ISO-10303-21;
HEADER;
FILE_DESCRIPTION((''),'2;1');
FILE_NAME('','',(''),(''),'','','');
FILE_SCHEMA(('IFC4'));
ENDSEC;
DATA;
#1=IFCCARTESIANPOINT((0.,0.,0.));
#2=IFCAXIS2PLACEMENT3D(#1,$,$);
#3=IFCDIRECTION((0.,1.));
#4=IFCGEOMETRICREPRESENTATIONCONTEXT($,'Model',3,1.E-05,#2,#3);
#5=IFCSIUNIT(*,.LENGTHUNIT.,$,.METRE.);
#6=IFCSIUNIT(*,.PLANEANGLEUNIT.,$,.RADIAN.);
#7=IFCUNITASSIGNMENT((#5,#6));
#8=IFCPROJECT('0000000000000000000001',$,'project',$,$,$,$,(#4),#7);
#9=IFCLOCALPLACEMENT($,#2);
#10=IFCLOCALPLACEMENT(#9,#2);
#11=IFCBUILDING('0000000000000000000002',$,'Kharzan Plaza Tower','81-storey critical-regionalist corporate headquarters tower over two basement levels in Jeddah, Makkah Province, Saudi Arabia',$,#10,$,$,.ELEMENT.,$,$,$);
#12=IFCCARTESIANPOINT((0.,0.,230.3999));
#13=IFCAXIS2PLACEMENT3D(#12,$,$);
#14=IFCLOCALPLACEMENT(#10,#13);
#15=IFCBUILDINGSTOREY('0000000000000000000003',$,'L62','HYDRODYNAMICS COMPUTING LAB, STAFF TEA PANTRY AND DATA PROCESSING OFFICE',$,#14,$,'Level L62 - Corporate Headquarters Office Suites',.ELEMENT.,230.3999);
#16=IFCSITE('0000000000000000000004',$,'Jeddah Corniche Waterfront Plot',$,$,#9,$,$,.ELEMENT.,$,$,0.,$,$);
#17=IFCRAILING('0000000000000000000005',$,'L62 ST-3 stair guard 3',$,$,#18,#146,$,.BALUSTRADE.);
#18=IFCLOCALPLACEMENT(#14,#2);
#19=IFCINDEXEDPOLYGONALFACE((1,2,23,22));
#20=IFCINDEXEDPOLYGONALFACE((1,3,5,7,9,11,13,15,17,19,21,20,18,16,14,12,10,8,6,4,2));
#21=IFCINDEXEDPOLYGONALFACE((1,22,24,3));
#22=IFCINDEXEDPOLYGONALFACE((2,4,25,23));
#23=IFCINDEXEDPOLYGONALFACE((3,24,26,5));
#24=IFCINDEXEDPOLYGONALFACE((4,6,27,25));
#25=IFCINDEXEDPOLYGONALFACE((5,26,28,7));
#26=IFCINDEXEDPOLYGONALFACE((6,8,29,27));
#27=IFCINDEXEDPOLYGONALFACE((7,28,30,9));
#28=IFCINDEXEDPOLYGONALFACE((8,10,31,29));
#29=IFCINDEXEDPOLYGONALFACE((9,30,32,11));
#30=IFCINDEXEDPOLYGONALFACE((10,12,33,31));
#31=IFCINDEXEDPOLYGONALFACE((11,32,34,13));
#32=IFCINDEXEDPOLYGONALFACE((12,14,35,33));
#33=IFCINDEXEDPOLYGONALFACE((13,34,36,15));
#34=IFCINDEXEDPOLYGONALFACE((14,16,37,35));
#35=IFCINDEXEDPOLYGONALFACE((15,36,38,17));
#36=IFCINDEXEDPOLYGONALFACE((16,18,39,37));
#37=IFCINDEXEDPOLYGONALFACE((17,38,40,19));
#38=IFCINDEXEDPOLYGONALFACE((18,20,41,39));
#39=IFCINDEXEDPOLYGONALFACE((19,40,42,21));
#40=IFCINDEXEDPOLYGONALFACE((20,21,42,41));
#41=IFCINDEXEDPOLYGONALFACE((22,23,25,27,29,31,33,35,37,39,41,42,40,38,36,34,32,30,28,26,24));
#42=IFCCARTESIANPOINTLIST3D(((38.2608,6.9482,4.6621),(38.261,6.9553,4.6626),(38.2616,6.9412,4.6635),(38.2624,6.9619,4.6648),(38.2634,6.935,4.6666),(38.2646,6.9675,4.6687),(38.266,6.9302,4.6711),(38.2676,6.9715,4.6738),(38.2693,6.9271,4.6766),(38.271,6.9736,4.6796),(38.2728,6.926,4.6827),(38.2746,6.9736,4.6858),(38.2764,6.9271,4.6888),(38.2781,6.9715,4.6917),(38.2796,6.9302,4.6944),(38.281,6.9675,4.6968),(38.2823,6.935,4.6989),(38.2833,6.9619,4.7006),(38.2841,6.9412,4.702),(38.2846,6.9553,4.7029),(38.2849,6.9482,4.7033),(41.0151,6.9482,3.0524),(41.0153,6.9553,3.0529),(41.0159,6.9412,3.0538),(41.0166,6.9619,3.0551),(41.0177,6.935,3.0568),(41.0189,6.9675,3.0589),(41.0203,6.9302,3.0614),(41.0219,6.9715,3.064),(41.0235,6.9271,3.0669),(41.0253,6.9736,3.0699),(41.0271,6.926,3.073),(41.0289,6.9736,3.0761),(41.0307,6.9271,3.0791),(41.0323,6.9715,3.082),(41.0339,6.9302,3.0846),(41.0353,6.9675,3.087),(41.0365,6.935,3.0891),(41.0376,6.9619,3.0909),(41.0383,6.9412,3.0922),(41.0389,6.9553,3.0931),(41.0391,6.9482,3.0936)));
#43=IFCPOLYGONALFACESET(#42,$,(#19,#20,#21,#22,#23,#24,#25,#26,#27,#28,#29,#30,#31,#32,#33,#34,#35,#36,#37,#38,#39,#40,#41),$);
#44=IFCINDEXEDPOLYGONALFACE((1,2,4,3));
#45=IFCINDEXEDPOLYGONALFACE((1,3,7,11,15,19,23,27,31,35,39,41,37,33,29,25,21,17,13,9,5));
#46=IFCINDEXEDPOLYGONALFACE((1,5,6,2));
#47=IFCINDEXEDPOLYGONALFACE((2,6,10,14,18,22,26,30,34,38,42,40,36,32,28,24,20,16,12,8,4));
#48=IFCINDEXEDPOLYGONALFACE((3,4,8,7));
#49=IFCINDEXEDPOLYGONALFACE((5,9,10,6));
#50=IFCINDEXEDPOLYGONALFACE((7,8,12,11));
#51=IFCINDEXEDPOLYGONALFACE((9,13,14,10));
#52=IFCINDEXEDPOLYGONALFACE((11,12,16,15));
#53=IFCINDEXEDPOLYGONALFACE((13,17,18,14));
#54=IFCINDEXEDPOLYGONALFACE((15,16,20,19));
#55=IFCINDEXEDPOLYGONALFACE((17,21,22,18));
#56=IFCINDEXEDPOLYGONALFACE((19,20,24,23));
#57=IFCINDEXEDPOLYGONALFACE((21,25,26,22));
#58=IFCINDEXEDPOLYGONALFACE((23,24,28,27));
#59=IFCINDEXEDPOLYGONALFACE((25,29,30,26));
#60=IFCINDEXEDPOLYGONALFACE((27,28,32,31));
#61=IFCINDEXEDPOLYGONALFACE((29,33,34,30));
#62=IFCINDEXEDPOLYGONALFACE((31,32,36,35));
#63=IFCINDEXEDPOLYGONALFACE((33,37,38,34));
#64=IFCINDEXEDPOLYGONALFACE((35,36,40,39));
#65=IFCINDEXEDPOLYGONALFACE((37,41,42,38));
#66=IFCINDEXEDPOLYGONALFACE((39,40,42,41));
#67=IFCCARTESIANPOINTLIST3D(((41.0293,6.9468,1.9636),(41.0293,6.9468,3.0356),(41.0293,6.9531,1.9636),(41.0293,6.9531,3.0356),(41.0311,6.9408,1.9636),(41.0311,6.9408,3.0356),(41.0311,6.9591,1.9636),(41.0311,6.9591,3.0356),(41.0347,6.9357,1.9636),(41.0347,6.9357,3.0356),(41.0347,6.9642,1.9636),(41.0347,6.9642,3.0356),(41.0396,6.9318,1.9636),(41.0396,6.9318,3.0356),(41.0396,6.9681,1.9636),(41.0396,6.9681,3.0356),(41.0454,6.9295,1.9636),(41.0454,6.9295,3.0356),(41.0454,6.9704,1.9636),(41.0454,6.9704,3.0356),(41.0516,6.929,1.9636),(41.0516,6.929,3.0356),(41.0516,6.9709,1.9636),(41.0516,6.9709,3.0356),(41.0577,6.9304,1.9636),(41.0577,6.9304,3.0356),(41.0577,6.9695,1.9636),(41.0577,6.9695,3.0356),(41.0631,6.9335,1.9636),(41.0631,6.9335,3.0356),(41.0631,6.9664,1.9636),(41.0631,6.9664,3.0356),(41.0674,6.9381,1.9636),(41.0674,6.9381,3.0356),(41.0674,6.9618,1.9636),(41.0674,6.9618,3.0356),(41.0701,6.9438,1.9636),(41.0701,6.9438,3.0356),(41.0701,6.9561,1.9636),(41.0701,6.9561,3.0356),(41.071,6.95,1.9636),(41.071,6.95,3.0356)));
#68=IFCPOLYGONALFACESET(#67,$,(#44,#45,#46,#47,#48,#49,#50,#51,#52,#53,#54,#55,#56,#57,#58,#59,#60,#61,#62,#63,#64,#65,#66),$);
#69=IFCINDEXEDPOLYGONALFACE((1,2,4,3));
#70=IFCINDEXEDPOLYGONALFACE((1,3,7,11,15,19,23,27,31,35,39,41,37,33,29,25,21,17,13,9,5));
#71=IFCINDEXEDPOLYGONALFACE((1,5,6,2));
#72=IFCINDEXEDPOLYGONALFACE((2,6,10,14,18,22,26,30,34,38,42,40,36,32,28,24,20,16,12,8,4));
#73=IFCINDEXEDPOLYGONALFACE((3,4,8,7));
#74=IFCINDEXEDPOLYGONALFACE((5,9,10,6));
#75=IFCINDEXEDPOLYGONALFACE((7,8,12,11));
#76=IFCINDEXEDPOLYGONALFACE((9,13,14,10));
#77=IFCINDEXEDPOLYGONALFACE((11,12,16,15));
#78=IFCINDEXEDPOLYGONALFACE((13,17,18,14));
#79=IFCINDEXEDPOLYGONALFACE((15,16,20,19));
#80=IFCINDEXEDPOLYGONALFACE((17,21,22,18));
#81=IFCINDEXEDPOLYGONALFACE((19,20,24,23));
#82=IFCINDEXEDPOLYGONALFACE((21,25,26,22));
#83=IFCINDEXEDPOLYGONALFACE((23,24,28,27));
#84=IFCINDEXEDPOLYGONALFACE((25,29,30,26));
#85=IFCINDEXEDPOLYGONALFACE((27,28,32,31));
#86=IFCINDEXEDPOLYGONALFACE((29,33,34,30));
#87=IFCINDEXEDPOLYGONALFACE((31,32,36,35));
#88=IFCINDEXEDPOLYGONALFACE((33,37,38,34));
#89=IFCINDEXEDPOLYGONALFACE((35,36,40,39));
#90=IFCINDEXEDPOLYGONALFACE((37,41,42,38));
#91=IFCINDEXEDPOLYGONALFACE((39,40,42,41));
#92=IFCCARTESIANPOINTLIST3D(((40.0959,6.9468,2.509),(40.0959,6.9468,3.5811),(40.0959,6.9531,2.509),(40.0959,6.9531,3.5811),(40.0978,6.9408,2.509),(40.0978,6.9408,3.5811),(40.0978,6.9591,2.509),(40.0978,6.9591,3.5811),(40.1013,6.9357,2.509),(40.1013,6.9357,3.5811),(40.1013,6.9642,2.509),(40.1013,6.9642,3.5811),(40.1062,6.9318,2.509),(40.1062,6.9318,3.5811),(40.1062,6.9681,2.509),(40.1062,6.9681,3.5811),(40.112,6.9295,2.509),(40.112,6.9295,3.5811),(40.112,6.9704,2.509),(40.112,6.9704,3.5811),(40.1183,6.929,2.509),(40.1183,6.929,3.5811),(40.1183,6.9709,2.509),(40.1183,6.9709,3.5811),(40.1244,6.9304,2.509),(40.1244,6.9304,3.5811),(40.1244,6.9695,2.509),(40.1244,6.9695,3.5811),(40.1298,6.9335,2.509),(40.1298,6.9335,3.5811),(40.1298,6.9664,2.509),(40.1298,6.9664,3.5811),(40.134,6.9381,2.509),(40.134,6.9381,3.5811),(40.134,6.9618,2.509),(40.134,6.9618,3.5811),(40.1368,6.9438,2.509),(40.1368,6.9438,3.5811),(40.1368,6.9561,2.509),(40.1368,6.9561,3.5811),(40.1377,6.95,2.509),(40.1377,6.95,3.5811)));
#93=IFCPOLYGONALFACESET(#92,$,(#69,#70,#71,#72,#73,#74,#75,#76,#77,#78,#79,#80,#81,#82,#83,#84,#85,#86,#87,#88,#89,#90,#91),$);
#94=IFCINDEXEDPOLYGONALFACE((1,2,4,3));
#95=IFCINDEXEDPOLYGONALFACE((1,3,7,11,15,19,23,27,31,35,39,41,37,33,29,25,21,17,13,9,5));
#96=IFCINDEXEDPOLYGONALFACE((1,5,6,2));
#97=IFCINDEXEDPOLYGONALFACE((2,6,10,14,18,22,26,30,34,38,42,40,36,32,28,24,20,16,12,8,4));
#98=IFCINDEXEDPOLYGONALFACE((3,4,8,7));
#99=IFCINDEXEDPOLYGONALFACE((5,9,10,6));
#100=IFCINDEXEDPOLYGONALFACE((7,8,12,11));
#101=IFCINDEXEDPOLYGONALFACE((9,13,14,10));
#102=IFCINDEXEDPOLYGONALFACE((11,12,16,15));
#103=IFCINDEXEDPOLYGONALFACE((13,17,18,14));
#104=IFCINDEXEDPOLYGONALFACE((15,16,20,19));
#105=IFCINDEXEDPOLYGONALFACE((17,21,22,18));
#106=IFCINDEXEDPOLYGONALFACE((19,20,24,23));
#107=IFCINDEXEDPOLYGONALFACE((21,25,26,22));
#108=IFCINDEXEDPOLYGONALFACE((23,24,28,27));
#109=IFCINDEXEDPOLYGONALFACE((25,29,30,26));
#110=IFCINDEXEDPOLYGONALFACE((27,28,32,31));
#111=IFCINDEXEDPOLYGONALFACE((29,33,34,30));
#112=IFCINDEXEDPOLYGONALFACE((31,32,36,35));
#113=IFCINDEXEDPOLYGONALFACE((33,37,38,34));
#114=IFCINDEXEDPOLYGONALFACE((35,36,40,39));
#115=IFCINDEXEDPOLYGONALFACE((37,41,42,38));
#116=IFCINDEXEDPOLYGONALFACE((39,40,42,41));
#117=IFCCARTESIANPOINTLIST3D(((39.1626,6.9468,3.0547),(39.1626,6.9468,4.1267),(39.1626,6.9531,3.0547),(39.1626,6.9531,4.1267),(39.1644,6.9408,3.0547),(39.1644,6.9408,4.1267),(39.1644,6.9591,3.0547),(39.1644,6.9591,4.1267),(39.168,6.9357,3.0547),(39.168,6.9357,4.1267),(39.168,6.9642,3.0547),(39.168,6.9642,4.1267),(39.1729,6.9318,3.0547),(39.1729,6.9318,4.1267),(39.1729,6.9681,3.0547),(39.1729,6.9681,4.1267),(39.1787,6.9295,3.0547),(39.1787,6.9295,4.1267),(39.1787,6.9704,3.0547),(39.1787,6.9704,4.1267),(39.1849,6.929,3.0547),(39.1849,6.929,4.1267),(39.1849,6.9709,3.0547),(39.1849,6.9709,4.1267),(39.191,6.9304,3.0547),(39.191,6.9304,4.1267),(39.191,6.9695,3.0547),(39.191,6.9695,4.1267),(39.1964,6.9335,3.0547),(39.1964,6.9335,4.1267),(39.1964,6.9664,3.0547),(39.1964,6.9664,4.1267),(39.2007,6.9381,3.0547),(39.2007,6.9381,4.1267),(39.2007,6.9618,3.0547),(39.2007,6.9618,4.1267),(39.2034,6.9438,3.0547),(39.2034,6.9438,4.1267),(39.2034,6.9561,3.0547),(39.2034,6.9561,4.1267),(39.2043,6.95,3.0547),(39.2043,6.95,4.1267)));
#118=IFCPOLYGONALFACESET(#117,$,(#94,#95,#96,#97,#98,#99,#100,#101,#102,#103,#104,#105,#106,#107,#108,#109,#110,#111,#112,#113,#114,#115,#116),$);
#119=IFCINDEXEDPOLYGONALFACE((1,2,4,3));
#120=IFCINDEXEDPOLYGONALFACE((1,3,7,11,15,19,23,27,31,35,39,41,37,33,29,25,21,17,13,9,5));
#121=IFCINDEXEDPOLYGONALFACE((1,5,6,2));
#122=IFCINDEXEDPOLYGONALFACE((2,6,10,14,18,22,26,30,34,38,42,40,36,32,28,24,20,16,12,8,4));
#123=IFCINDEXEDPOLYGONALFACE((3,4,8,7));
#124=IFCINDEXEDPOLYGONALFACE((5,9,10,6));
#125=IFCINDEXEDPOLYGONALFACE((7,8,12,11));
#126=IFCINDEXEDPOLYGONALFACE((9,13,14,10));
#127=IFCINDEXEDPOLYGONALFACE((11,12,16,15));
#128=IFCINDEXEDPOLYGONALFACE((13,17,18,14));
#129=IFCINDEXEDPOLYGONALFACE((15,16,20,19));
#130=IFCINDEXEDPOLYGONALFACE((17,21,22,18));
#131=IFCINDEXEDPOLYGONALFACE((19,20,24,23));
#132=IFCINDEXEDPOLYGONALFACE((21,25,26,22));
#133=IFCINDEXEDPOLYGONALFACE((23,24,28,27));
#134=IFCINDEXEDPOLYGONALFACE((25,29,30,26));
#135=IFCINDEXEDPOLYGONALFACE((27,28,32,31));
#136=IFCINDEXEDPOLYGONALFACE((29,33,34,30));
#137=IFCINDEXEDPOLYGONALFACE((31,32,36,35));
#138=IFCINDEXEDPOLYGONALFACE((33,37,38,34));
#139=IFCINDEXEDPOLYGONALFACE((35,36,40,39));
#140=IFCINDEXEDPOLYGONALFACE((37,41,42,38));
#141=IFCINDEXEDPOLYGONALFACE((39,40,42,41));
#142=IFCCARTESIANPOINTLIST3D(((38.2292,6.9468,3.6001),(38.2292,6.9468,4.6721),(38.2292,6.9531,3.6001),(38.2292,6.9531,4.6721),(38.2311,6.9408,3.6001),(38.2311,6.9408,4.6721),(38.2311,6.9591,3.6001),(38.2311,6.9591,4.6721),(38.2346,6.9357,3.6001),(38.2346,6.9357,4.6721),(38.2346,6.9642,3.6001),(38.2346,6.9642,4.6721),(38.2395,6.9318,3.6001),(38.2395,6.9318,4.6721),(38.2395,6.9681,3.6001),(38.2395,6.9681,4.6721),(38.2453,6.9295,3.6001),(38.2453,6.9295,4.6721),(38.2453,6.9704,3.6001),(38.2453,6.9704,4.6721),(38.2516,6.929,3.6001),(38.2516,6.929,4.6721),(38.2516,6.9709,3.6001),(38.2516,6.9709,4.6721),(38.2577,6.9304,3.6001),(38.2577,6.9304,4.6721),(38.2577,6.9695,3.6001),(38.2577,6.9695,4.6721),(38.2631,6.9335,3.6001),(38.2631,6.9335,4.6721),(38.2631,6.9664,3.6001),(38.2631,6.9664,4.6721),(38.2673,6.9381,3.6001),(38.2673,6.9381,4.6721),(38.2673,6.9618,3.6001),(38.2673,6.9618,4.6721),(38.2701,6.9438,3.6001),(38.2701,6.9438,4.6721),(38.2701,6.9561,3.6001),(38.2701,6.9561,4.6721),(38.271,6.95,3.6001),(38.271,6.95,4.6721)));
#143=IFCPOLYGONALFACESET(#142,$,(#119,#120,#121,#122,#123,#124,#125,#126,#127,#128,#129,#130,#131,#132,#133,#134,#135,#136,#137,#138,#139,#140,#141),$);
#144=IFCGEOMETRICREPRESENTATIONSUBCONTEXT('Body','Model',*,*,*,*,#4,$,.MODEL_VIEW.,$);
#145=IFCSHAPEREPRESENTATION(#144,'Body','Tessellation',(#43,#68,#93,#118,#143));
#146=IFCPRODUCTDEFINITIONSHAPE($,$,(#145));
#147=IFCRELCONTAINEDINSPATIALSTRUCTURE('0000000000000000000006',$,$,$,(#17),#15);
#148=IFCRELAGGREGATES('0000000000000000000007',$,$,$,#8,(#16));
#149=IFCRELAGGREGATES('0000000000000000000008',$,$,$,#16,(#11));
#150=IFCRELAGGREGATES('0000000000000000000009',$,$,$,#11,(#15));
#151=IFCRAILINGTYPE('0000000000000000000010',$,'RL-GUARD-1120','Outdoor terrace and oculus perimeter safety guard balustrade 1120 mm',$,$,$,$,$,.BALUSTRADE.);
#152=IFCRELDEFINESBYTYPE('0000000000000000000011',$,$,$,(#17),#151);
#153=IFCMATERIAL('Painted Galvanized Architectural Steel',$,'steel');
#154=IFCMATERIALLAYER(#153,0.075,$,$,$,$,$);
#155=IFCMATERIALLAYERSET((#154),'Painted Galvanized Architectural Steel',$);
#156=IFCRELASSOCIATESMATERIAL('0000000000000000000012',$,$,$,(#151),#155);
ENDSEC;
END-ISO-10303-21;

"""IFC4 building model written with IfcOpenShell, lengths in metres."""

from ifc_helpers import new_model, si_unit, direction, frame, origin, origin_2d, place, context, subcontext, project, spatial, circle, extrude, source, transform, mapped, material, layer, layer_set, type_object, element, save


model = new_model("IFC4")

# Units and contexts
model_context = context("Model", 3, precision=1e-05, world=origin(), true_north=direction((0.0, 1.0)))
body_context = subcontext(model_context, "Body", "Model", "MODEL_VIEW")
ifc_project = project(units=[si_unit("LENGTHUNIT", "METRE"), si_unit("PLANEANGLEUNIT", "RADIAN")], contexts=[model_context])

# Site, building, storey
site_placement = place(None, origin())
site = spatial("IfcSite", under=ifc_project, at=site_placement, Name="Jeddah Corniche Waterfront Plot", CompositionType="ELEMENT", RefElevation=0.0)
building_placement = place(site_placement, origin())
building = spatial("IfcBuilding", under=site, at=building_placement, Name="Kharzan Plaza Tower", Description="81-storey critical-regionalist corporate headquarters tower over two basement levels in Jeddah, Makkah Province, Saudi Arabia", CompositionType="ELEMENT")
storey_placement = place(building_placement, frame((0.0, 0.0, 230.3999)))
storey = spatial("IfcBuildingStorey", under=building, at=storey_placement, Name="L62", Description="HYDRODYNAMICS COMPUTING LAB, STAFF TEA PANTRY AND DATA PROCESSING OFFICE", LongName="Level L62 - Corporate Headquarters Office Suites", CompositionType="ELEMENT", Elevation=230.3999)

# Railing
ifc_material_1 = material(Name="Painted Galvanized Architectural Steel", Category="steel")
ifc_layer_1 = layer(ifc_material_1, 0.075)
ifc_layer_set_1 = layer_set([ifc_layer_1], Name="Painted Galvanized Architectural Steel")
railing_type_1 = type_object("IfcRailingType", Name="RL-GUARD-1120", Description="Outdoor terrace and oculus perimeter safety guard balustrade 1120 mm", PredefinedType="BALUSTRADE", material=ifc_layer_set_1)
shared_shape_1 = source(origin(), body_context, "Body", "SweptSolid", [
    extrude(circle(Radius=0.0239, at=origin_2d()), frame((-0.0229, 0.0, 1.1094), z_axis=(-0.863361, 0.0, 0.504587), x_axis=(0.0, -1.0, 0.0)), (0.0, 0.0, 1.0), 3.1902),
    extrude(circle(Radius=0.021, at=origin_2d()), origin(), (0.0, 0.0, 1.0), 1.072),
    extrude(circle(Radius=0.021, at=origin_2d()), frame((-0.9333, 0.0, 0.5454)), (0.0, 0.0, 1.0), 1.072),
    extrude(circle(Radius=0.021, at=origin_2d()), frame((-1.8667, 0.0, 1.0911)), (0.0, 0.0, 1.0), 1.072),
    extrude(circle(Radius=0.021, at=origin_2d()), frame((-2.8, 0.0, 1.6365)), (0.0, 0.0, 1.0), 1.072),
])
railing_1_placement = place(storey_placement, frame((41.05, 6.95, 1.9636)))
element("IfcRailing", 1, at=railing_1_placement, inside=storey, type_object=railing_type_1, Name="L62 ST-3 stair guard 3", PredefinedType="BALUSTRADE", context=body_context, shape_type="MappedRepresentation", body=[
    mapped(shared_shape_1, transform((0.0, 0.0, 0.0), x_axis=(1.0, 0.0, 0.0), y_axis=(0.0, 1.0, 0.0), z_axis=(0.0, 0.0, 1.0))),
])

save(model, "model.ifc")
